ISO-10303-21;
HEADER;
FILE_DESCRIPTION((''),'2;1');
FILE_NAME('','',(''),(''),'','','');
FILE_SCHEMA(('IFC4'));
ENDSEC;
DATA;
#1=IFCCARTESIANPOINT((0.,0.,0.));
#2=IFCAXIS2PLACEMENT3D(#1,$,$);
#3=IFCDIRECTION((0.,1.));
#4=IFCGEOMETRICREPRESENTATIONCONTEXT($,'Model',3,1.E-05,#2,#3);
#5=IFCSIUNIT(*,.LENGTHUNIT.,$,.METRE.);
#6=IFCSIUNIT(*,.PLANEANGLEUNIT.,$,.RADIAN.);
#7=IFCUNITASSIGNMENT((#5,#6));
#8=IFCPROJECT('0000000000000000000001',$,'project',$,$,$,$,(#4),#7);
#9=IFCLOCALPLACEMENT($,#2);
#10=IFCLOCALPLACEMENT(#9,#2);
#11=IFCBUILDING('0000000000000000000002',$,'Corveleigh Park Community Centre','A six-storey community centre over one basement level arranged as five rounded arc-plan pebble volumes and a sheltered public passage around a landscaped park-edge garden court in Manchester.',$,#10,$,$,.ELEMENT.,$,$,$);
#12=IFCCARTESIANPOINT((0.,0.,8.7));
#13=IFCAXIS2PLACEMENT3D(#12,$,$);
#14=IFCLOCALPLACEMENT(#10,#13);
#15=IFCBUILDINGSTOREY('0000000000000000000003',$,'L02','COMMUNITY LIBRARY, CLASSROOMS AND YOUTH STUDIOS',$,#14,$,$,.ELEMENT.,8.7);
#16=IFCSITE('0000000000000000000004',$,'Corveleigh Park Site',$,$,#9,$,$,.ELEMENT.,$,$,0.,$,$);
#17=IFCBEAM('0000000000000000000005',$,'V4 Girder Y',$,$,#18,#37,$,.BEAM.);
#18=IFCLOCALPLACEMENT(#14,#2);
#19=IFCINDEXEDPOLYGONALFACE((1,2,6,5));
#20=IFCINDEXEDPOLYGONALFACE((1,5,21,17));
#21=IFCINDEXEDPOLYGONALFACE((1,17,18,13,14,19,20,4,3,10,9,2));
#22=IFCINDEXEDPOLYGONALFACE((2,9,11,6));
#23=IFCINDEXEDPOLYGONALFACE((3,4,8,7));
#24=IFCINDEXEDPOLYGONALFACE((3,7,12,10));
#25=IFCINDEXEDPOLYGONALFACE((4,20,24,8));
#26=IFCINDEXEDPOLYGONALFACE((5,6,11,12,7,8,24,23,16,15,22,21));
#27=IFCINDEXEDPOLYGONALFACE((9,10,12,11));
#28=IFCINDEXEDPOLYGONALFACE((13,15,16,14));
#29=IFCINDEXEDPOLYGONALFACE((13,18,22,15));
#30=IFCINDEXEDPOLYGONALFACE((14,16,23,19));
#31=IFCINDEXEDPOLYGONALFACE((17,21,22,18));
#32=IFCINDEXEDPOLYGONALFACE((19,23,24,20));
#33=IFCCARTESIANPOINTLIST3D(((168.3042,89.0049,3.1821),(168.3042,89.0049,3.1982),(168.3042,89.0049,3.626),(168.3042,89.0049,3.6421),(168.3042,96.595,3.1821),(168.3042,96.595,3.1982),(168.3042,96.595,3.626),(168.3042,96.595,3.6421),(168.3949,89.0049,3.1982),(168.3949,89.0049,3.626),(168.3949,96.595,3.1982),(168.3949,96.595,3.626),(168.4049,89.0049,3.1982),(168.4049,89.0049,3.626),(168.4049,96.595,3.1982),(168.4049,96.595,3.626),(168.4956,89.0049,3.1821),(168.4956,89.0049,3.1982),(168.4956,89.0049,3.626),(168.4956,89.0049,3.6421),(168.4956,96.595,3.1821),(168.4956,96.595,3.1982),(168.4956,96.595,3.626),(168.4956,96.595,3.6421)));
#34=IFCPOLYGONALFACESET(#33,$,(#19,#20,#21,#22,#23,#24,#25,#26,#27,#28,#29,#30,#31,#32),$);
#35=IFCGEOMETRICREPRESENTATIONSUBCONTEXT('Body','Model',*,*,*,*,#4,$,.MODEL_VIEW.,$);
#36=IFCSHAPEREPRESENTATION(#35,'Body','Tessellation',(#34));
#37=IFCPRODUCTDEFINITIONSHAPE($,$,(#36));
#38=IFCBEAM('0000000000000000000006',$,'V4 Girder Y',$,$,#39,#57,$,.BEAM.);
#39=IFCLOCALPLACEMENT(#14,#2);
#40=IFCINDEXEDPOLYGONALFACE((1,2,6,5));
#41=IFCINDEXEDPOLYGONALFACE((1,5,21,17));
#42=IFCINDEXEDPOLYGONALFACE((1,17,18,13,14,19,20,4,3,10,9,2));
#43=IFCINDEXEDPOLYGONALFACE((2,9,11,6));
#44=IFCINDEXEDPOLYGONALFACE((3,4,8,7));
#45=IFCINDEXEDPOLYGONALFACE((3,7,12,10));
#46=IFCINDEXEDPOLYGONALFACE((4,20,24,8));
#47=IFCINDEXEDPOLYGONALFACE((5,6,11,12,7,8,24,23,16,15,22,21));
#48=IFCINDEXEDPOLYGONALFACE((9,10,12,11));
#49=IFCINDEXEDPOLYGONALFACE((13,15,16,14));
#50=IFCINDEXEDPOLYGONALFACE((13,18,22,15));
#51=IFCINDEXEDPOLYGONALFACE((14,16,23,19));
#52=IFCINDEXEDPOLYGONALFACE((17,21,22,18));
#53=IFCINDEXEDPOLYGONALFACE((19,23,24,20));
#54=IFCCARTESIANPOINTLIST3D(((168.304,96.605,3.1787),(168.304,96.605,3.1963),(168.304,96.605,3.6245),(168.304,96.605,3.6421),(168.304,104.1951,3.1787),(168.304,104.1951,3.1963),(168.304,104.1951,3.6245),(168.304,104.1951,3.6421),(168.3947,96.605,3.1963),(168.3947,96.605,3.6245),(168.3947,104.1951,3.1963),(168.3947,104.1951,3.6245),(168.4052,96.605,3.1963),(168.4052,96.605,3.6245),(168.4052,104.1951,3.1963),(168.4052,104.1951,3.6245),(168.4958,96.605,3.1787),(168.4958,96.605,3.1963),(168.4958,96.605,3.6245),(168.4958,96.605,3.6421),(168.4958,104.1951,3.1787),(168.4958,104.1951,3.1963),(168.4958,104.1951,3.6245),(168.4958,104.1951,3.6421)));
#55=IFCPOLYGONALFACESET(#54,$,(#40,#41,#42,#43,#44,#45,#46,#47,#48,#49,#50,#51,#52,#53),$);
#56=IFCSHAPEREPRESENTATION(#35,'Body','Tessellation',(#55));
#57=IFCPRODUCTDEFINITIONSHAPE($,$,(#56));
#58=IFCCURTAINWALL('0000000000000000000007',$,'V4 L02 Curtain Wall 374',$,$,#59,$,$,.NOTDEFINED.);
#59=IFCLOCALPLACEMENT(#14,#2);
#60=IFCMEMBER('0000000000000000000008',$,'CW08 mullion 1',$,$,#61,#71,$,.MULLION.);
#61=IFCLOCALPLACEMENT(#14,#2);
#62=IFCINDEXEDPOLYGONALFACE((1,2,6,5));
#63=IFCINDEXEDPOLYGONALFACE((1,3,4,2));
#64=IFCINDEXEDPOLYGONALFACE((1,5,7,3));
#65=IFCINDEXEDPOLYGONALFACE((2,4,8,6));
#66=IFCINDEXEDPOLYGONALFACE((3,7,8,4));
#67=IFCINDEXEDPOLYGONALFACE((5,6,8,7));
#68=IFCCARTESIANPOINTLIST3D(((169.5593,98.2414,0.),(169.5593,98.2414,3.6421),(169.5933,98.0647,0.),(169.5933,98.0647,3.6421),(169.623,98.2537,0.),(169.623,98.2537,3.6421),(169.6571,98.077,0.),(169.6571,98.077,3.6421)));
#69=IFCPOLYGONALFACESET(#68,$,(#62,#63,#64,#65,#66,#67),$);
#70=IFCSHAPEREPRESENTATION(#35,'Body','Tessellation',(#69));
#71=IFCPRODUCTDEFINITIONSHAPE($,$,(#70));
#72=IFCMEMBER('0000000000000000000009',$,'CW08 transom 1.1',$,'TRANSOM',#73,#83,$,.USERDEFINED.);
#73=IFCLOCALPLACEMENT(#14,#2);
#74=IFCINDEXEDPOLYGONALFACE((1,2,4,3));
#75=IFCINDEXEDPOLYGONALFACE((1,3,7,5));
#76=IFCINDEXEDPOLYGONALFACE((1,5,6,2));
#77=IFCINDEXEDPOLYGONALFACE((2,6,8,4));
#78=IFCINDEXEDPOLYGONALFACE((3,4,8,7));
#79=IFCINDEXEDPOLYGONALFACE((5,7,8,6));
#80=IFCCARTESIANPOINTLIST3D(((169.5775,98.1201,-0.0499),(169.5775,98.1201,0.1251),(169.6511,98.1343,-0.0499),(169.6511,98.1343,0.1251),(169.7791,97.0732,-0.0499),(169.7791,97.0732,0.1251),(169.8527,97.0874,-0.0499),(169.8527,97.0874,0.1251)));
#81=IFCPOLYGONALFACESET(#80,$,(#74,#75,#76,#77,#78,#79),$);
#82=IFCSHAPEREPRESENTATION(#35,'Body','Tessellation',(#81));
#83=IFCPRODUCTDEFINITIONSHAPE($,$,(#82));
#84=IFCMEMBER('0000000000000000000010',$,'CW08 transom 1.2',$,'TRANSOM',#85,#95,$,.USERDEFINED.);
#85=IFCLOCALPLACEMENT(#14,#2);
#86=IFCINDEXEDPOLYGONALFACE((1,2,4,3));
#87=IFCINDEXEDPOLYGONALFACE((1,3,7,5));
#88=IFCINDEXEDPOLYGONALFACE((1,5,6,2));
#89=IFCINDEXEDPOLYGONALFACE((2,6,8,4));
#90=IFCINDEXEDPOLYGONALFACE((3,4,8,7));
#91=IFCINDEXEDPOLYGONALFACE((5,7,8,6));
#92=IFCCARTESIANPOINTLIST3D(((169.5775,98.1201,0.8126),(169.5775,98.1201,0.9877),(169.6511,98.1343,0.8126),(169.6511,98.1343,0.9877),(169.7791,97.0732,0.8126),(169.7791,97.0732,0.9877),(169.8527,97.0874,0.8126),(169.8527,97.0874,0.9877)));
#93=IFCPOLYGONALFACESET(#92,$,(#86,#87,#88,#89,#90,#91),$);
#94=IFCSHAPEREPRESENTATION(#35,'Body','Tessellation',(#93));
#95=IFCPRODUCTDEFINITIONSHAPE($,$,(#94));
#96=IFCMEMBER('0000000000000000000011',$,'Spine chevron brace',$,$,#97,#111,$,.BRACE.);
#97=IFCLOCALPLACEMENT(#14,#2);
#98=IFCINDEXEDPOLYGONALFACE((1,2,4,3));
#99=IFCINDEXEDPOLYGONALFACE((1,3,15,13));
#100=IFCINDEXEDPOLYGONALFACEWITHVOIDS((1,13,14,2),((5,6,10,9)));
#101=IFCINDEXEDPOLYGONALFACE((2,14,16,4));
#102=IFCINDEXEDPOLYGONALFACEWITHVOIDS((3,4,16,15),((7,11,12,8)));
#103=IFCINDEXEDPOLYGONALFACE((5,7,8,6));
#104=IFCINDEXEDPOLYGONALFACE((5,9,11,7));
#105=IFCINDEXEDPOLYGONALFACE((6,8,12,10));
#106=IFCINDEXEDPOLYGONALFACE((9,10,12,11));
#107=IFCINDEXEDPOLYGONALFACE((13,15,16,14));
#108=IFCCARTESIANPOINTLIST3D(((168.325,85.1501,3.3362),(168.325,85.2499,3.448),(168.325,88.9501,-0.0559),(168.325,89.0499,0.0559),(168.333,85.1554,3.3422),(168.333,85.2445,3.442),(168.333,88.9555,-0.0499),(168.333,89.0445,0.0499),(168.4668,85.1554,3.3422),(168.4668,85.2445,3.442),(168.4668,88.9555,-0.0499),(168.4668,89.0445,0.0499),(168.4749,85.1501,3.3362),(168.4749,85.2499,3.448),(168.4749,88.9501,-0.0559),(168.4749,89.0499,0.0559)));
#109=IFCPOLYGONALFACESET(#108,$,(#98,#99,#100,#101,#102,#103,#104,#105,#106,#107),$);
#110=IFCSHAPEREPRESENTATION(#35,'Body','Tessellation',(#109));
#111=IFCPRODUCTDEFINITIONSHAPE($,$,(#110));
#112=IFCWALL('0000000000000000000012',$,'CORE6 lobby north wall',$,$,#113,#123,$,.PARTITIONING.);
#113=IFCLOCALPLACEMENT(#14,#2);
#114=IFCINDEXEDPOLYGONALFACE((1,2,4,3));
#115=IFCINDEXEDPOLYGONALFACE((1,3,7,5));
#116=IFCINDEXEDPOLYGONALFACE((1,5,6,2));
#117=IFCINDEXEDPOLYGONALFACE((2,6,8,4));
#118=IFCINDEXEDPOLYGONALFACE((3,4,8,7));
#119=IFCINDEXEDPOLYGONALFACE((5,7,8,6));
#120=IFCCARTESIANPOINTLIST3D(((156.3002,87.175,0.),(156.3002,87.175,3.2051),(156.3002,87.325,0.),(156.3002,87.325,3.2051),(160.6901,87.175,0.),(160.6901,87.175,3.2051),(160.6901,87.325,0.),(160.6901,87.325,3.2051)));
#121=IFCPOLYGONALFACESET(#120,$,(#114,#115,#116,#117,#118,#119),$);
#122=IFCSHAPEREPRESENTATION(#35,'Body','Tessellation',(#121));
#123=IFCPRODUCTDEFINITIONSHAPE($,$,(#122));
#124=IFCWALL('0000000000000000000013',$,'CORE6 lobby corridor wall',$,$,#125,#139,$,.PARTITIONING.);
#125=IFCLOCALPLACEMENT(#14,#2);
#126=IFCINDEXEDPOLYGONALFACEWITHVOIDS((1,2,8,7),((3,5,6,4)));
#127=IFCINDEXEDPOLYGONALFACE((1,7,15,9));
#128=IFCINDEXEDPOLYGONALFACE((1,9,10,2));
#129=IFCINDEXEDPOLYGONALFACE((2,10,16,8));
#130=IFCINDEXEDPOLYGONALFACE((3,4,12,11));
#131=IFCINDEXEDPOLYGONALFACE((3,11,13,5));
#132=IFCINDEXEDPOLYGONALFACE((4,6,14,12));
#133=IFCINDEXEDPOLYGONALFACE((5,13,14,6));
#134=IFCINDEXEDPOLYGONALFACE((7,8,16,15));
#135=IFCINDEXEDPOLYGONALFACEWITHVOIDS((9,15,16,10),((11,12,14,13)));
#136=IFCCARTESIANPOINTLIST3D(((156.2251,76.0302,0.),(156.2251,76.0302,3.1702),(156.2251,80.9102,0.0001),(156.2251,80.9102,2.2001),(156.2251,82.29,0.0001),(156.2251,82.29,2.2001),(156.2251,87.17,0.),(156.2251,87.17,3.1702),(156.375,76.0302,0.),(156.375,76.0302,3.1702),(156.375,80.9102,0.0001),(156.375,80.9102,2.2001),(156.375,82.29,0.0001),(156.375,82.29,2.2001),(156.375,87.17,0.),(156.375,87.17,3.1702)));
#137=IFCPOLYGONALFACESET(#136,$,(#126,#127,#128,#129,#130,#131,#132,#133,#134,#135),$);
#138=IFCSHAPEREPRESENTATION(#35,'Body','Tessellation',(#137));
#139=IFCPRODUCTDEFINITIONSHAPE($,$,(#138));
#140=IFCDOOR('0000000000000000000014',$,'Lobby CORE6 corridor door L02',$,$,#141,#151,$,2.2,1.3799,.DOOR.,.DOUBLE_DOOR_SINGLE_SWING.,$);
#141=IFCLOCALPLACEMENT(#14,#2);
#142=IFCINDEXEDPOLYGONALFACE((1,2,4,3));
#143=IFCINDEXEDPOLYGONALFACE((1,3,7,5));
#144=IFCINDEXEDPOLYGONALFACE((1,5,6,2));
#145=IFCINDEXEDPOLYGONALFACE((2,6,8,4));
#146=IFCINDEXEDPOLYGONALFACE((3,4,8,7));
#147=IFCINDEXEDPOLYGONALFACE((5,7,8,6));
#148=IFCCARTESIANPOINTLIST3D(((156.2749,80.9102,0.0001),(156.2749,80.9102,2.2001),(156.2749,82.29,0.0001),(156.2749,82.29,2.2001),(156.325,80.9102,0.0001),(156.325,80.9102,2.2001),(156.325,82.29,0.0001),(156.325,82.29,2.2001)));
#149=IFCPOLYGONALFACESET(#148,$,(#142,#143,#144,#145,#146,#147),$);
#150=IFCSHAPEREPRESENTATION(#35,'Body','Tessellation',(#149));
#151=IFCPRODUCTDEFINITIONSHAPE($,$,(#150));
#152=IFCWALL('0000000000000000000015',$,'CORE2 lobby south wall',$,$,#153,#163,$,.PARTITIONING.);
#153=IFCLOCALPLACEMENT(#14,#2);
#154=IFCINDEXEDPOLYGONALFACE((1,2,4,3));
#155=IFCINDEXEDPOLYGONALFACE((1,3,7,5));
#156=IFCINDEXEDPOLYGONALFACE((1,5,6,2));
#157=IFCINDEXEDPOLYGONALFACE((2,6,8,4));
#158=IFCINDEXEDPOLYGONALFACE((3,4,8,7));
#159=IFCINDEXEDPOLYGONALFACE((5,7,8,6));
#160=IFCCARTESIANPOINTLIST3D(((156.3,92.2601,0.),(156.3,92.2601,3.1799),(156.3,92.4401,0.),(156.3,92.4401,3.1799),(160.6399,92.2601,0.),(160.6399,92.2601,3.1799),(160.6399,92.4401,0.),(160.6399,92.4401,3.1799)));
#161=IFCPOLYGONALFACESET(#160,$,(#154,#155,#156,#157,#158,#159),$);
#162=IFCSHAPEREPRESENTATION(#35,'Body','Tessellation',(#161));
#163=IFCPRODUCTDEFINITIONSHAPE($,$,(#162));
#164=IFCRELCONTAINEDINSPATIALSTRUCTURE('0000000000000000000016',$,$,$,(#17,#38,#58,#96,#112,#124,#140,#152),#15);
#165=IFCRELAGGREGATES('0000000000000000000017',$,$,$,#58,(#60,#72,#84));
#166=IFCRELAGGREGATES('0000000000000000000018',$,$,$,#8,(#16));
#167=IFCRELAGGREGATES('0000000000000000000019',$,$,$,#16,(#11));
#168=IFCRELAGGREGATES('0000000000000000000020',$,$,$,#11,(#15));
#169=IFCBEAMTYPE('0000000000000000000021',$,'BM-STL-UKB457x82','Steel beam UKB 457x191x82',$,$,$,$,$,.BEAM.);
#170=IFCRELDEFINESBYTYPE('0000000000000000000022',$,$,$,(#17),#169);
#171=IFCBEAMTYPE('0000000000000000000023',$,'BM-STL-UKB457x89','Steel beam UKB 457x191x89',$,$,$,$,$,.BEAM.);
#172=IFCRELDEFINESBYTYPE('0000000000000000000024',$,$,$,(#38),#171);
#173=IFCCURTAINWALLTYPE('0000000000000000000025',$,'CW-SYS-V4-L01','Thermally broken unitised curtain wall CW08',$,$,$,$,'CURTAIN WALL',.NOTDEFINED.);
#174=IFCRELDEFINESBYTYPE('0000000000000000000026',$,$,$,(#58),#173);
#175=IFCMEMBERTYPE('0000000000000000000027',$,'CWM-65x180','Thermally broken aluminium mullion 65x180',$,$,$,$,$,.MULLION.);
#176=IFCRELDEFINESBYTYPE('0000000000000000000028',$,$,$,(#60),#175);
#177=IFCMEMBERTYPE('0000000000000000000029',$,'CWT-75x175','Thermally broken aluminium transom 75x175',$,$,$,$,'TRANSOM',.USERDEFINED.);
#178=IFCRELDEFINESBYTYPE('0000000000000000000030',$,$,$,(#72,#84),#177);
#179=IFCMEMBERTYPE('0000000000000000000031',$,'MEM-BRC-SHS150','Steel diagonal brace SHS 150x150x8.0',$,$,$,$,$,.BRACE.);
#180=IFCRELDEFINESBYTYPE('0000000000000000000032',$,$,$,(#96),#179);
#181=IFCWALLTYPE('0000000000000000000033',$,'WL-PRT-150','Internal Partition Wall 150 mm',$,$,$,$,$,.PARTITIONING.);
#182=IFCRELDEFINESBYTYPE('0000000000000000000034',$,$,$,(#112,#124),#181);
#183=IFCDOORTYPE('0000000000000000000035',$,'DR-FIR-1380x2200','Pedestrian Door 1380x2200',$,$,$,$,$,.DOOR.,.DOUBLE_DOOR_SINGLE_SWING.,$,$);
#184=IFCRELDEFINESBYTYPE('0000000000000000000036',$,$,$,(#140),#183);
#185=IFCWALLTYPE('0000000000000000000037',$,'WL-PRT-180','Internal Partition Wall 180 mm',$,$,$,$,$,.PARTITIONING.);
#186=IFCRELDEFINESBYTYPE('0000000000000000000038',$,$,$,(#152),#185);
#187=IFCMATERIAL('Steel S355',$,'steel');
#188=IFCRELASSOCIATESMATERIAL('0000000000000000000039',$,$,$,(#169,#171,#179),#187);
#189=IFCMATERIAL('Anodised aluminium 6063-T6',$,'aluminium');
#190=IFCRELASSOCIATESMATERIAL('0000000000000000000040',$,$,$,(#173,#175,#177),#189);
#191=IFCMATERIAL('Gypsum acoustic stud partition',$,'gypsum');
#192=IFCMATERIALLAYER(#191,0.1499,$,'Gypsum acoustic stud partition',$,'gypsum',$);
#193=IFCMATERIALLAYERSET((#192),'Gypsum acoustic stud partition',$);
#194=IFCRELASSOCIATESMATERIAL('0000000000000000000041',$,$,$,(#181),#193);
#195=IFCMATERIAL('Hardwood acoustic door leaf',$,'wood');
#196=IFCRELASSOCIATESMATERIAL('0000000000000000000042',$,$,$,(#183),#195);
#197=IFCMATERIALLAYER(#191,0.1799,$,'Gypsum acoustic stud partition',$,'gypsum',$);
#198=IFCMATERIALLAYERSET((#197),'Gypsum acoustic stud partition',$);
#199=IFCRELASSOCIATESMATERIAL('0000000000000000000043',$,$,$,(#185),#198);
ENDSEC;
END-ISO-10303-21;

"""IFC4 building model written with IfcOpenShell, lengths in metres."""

from ifc_helpers import new_model, si_unit, direction, frame, frame_2d, origin, origin_2d, place, context, subcontext, project, spatial, rectangle, hollow_rectangle, i_section, extrude, material, layer, layer_set, material_profile, profile_set, type_object, element, fill, aggregate, save


model = new_model("IFC4")

# Units and contexts
model_context = context("Model", 3, precision=1e-05, world=origin(), true_north=direction((0.0, 1.0)))
body_context = subcontext(model_context, "Body", "Model", "MODEL_VIEW")
ifc_project = project(units=[si_unit("LENGTHUNIT", "METRE"), si_unit("PLANEANGLEUNIT", "RADIAN")], contexts=[model_context])

# Site, building, storey
site_placement = place(None, origin())
site = spatial("IfcSite", under=ifc_project, at=site_placement, Name="Corveleigh Park Site", CompositionType="ELEMENT", RefElevation=0.0)
building_placement = place(site_placement, origin())
building = spatial("IfcBuilding", under=site, at=building_placement, Name="Corveleigh Park Community Centre", Description="A six-storey community centre over one basement level arranged as five rounded arc-plan pebble volumes and a sheltered public passage around a landscaped park-edge garden court in Manchester.", CompositionType="ELEMENT")
storey_placement = place(building_placement, frame((0.0, 0.0, 8.7)))
storey = spatial("IfcBuildingStorey", under=building, at=storey_placement, Name="L02", Description="COMMUNITY LIBRARY, CLASSROOMS AND YOUTH STUDIOS", CompositionType="ELEMENT", Elevation=8.7)

# Shared definitions
ifc_material_1 = material(Name="Steel S355", Category="steel")

# Beams
ifc_material_profile_1 = material_profile(ifc_material_1, i_section(OverallWidth=0.1914, OverallDepth=0.46, WebThickness=0.01, FlangeThickness=0.0161, at=origin_2d()), Name="UKB 457x191x82", Category="steel")
ifc_profile_set_1 = profile_set([ifc_material_profile_1], Name="Steel S355")
beam_type_1 = type_object("IfcBeamType", Name="BM-STL-UKB457x82", Description="Steel beam UKB 457x191x82", PredefinedType="BEAM", material=ifc_profile_set_1)
beam_1_placement = place(storey_placement, frame((168.3999, 89.0049, 3.4121), z_axis=(0.0, 1.0, 0.0), x_axis=(-1.0, 0.0, 0.0)))
element("IfcBeam", 1, at=beam_1_placement, inside=storey, type_object=beam_type_1, Name="V4 Girder Y", PredefinedType="BEAM", context=body_context, shape_type="SweptSolid", body=[
    extrude(i_section(OverallWidth=0.1914, OverallDepth=0.46, WebThickness=0.01, FlangeThickness=0.0161, at=origin_2d()), origin(), (0.0, 0.0, 1.0), 7.5901),
])
ifc_material_profile_2 = material_profile(ifc_material_1, i_section(OverallWidth=0.1919, OverallDepth=0.4634, WebThickness=0.0105, FlangeThickness=0.0176, at=origin_2d()), Name="UKB 457x191x89", Category="steel")
ifc_profile_set_2 = profile_set([ifc_material_profile_2], Name="Steel S355")
beam_type_2 = type_object("IfcBeamType", Name="BM-STL-UKB457x89", Description="Steel beam UKB 457x191x89", PredefinedType="BEAM", material=ifc_profile_set_2)
beam_2_placement = place(storey_placement, frame((168.3999, 96.605, 3.4104), z_axis=(0.0, 1.0, 0.0), x_axis=(-1.0, 0.0, 0.0)))
element("IfcBeam", 2, at=beam_2_placement, inside=storey, type_object=beam_type_2, Name="V4 Girder Y", PredefinedType="BEAM", context=body_context, shape_type="SweptSolid", body=[
    extrude(i_section(OverallWidth=0.1919, OverallDepth=0.4634, WebThickness=0.0105, FlangeThickness=0.0176, at=origin_2d()), origin(), (0.0, 0.0, 1.0), 7.5901),
])

# Curtain wall, members
ifc_material_2 = material(Name="Anodised aluminium 6063-T6", Category="aluminium")
curtain_wall_type = type_object("IfcCurtainWallType", Name="CW-SYS-V4-L01", Description="Thermally broken unitised curtain wall CW08", ElementType="CURTAIN WALL", PredefinedType="NOTDEFINED", material=ifc_material_2)
curtain_wall_placement = place(storey_placement, origin())
curtain_wall = element("IfcCurtainWall", 3, at=curtain_wall_placement, inside=storey, type_object=curtain_wall_type, Name="V4 L02 Curtain Wall 374", PredefinedType="NOTDEFINED")
ifc_material_profile_3 = material_profile(ifc_material_2, rectangle(XDim=0.0649, YDim=0.1799, at=origin_2d()), Name="ALU-M65x180", Category="aluminium")
ifc_profile_set_3 = profile_set([ifc_material_profile_3], Name="Anodised aluminium 6063-T6")
member_type_1 = type_object("IfcMemberType", Name="CWM-65x180", Description="Thermally broken aluminium mullion 65x180", PredefinedType="MULLION", material=ifc_profile_set_3)
member_1_placement = place(storey_placement, frame((169.6082, 98.1592, 0.0), z_axis=(0.0, 0.0, 1.0), x_axis=(0.98196, 0.189086, 0.0)))
member_1 = element("IfcMember", 4, at=member_1_placement, type_object=member_type_1, Name="CW08 mullion 1", PredefinedType="MULLION", context=body_context, shape_type="SweptSolid", body=[
    extrude(rectangle(XDim=0.0649, YDim=0.1799, at=origin_2d()), origin(), (0.0, 0.0, 1.0), 3.6421),
])
ifc_material_profile_4 = material_profile(ifc_material_2, rectangle(XDim=0.075, YDim=0.175, at=origin_2d()), Name="ALU-T75x175", Category="aluminium")
ifc_profile_set_4 = profile_set([ifc_material_profile_4], Name="Anodised aluminium 6063-T6")
member_type_2 = type_object("IfcMemberType", Name="CWT-75x175", Description="Thermally broken aluminium transom 75x175", ElementType="TRANSOM", PredefinedType="USERDEFINED", material=ifc_profile_set_4)
member_2_placement = place(storey_placement, frame((169.6143, 98.1272, 0.0376), z_axis=(0.189153, -0.981948, 0.0), x_axis=(0.981948, 0.189153, 0.0)))
member_2 = element("IfcMember", 5, at=member_2_placement, type_object=member_type_2, Name="CW08 transom 1.1", ObjectType="TRANSOM", PredefinedType="USERDEFINED", context=body_context, shape_type="SweptSolid", body=[
    extrude(rectangle(XDim=0.075, YDim=0.175, at=origin_2d()), origin(), (0.0, 0.0, 1.0), 1.0662),
])
member_3_placement = place(storey_placement, frame((169.6143, 98.1272, 0.9001), z_axis=(0.189153, -0.981948, 0.0), x_axis=(0.981948, 0.189153, 0.0)))
member_3 = element("IfcMember", 6, at=member_3_placement, type_object=member_type_2, Name="CW08 transom 1.2", ObjectType="TRANSOM", PredefinedType="USERDEFINED", context=body_context, shape_type="SweptSolid", body=[
    extrude(rectangle(XDim=0.075, YDim=0.175, at=origin_2d()), origin(), (0.0, 0.0, 1.0), 1.0662),
])
aggregate(curtain_wall, [member_1, member_2, member_3])

# Member
ifc_material_profile_5 = material_profile(ifc_material_1, hollow_rectangle(XDim=0.1499, YDim=0.1499, WallThickness=0.0081, at=origin_2d()), Name="SHS 150x150x8.0", Category="steel")
ifc_profile_set_5 = profile_set([ifc_material_profile_5], Name="Steel S355")
member_type_3 = type_object("IfcMemberType", Name="MEM-BRC-SHS150", Description="Steel diagonal brace SHS 150x150x8.0", PredefinedType="BRACE", material=ifc_profile_set_5)
member_4_placement = place(storey_placement, frame((168.3999, 89.0, 0.0), z_axis=(0.0, -0.746017, 0.665927), x_axis=(1.0, 0.0, 0.0)))
element("IfcMember", 7, at=member_4_placement, inside=storey, type_object=member_type_3, Name="Spine chevron brace", PredefinedType="BRACE", context=body_context, shape_type="SweptSolid", body=[
    extrude(hollow_rectangle(XDim=0.1499, YDim=0.1499, WallThickness=0.0081, at=origin_2d()), origin(), (0.0, 0.0, 1.0), 5.0938),
])

# Wall
ifc_material_3 = material(Name="Gypsum acoustic stud partition", Category="gypsum")
ifc_layer_1 = layer(ifc_material_3, 0.1499, Name="Gypsum acoustic stud partition", Category="gypsum")
ifc_layer_set_1 = layer_set([ifc_layer_1], Name="Gypsum acoustic stud partition")
wall_type_1 = type_object("IfcWallType", Name="WL-PRT-150", Description="Internal Partition Wall 150 mm", PredefinedType="PARTITIONING", material=ifc_layer_set_1)
wall_1_placement = place(storey_placement, frame((160.6899, 87.25, 0.0), z_axis=(0.0, 0.0, 1.0), x_axis=(-1.0, 0.0, 0.0)))
element("IfcWall", 8, at=wall_1_placement, inside=storey, type_object=wall_type_1, Name="CORE6 lobby north wall", PredefinedType="PARTITIONING", context=body_context, shape_type="SweptSolid", body=[
    extrude(rectangle(XDim=4.3899, YDim=0.1499, at=frame_2d((2.1948, 0.0))), origin(), (0.0, 0.0, 1.0), 3.2051),
])

# Wall, opening, door
wall_2_placement = place(storey_placement, frame((156.3, 87.1699, 0.0), z_axis=(0.0, 0.0, 1.0), x_axis=(0.0, -1.0, 0.0)))
wall_2 = element("IfcWall", 9, at=wall_2_placement, inside=storey, type_object=wall_type_1, Name="CORE6 lobby corridor wall", PredefinedType="PARTITIONING", context=body_context, shape_type="SweptSolid", body=[
    extrude(rectangle(XDim=11.1399, YDim=0.1499, at=frame_2d((5.5698, 0.0))), origin(), (0.0, 0.0, 1.0), 3.1702),
])
opening_1_placement = place(wall_2_placement, frame((4.8799, 0.0, 0.0)))
opening_1 = element("IfcOpeningElement", 10, at=opening_1_placement, cuts=wall_2, PredefinedType="OPENING", context=body_context, shape_type="SweptSolid", body=[
    extrude(rectangle(XDim=1.3799, YDim=2.2, at=frame_2d((0.6899, 1.1001))), frame((0.0, 0.085, 0.0), z_axis=(0.0, -1.0, 0.0), x_axis=(1.0, 0.0, 0.0)), (0.0, 0.0, 1.0), 0.1699),
])
ifc_material_4 = material(Name="Hardwood acoustic door leaf", Category="wood")
door_type_1 = type_object("IfcDoorType", Name="DR-FIR-1380x2200", Description="Pedestrian Door 1380x2200", OperationType="DOUBLE_DOOR_SINGLE_SWING", PredefinedType="DOOR", material=ifc_material_4)
door_1_placement = place(opening_1_placement, origin())
door_1 = element("IfcDoor", 11, at=door_1_placement, inside=storey, type_object=door_type_1, Name="Lobby CORE6 corridor door L02", OperationType="DOUBLE_DOOR_SINGLE_SWING", OverallHeight=2.2, OverallWidth=1.3799, PredefinedType="DOOR", context=body_context, shape_type="SweptSolid", body=[
    extrude(rectangle(XDim=1.3799, YDim=2.2, at=frame_2d((0.6899, 1.1001))), frame((0.0, 0.0249, 0.0), z_axis=(0.0, -1.0, 0.0), x_axis=(1.0, 0.0, 0.0)), (0.0, 0.0, 1.0), 0.05),
])
fill(opening_1, door_1)

# Wall
ifc_layer_2 = layer(ifc_material_3, 0.1799, Name="Gypsum acoustic stud partition", Category="gypsum")
ifc_layer_set_2 = layer_set([ifc_layer_2], Name="Gypsum acoustic stud partition")
wall_type_2 = type_object("IfcWallType", Name="WL-PRT-180", Description="Internal Partition Wall 180 mm", PredefinedType="PARTITIONING", material=ifc_layer_set_2)
wall_3_placement = place(storey_placement, frame((156.3, 92.3501, 0.0), z_axis=(0.0, 0.0, 1.0), x_axis=(1.0, 0.0, 0.0)))
element("IfcWall", 12, at=wall_3_placement, inside=storey, type_object=wall_type_2, Name="CORE2 lobby south wall", PredefinedType="PARTITIONING", context=body_context, shape_type="SweptSolid", body=[
    extrude(rectangle(XDim=4.3398, YDim=0.1799, at=frame_2d((2.1699, 0.0))), origin(), (0.0, 0.0, 1.0), 3.1799),
])

save(model, "model.ifc")
